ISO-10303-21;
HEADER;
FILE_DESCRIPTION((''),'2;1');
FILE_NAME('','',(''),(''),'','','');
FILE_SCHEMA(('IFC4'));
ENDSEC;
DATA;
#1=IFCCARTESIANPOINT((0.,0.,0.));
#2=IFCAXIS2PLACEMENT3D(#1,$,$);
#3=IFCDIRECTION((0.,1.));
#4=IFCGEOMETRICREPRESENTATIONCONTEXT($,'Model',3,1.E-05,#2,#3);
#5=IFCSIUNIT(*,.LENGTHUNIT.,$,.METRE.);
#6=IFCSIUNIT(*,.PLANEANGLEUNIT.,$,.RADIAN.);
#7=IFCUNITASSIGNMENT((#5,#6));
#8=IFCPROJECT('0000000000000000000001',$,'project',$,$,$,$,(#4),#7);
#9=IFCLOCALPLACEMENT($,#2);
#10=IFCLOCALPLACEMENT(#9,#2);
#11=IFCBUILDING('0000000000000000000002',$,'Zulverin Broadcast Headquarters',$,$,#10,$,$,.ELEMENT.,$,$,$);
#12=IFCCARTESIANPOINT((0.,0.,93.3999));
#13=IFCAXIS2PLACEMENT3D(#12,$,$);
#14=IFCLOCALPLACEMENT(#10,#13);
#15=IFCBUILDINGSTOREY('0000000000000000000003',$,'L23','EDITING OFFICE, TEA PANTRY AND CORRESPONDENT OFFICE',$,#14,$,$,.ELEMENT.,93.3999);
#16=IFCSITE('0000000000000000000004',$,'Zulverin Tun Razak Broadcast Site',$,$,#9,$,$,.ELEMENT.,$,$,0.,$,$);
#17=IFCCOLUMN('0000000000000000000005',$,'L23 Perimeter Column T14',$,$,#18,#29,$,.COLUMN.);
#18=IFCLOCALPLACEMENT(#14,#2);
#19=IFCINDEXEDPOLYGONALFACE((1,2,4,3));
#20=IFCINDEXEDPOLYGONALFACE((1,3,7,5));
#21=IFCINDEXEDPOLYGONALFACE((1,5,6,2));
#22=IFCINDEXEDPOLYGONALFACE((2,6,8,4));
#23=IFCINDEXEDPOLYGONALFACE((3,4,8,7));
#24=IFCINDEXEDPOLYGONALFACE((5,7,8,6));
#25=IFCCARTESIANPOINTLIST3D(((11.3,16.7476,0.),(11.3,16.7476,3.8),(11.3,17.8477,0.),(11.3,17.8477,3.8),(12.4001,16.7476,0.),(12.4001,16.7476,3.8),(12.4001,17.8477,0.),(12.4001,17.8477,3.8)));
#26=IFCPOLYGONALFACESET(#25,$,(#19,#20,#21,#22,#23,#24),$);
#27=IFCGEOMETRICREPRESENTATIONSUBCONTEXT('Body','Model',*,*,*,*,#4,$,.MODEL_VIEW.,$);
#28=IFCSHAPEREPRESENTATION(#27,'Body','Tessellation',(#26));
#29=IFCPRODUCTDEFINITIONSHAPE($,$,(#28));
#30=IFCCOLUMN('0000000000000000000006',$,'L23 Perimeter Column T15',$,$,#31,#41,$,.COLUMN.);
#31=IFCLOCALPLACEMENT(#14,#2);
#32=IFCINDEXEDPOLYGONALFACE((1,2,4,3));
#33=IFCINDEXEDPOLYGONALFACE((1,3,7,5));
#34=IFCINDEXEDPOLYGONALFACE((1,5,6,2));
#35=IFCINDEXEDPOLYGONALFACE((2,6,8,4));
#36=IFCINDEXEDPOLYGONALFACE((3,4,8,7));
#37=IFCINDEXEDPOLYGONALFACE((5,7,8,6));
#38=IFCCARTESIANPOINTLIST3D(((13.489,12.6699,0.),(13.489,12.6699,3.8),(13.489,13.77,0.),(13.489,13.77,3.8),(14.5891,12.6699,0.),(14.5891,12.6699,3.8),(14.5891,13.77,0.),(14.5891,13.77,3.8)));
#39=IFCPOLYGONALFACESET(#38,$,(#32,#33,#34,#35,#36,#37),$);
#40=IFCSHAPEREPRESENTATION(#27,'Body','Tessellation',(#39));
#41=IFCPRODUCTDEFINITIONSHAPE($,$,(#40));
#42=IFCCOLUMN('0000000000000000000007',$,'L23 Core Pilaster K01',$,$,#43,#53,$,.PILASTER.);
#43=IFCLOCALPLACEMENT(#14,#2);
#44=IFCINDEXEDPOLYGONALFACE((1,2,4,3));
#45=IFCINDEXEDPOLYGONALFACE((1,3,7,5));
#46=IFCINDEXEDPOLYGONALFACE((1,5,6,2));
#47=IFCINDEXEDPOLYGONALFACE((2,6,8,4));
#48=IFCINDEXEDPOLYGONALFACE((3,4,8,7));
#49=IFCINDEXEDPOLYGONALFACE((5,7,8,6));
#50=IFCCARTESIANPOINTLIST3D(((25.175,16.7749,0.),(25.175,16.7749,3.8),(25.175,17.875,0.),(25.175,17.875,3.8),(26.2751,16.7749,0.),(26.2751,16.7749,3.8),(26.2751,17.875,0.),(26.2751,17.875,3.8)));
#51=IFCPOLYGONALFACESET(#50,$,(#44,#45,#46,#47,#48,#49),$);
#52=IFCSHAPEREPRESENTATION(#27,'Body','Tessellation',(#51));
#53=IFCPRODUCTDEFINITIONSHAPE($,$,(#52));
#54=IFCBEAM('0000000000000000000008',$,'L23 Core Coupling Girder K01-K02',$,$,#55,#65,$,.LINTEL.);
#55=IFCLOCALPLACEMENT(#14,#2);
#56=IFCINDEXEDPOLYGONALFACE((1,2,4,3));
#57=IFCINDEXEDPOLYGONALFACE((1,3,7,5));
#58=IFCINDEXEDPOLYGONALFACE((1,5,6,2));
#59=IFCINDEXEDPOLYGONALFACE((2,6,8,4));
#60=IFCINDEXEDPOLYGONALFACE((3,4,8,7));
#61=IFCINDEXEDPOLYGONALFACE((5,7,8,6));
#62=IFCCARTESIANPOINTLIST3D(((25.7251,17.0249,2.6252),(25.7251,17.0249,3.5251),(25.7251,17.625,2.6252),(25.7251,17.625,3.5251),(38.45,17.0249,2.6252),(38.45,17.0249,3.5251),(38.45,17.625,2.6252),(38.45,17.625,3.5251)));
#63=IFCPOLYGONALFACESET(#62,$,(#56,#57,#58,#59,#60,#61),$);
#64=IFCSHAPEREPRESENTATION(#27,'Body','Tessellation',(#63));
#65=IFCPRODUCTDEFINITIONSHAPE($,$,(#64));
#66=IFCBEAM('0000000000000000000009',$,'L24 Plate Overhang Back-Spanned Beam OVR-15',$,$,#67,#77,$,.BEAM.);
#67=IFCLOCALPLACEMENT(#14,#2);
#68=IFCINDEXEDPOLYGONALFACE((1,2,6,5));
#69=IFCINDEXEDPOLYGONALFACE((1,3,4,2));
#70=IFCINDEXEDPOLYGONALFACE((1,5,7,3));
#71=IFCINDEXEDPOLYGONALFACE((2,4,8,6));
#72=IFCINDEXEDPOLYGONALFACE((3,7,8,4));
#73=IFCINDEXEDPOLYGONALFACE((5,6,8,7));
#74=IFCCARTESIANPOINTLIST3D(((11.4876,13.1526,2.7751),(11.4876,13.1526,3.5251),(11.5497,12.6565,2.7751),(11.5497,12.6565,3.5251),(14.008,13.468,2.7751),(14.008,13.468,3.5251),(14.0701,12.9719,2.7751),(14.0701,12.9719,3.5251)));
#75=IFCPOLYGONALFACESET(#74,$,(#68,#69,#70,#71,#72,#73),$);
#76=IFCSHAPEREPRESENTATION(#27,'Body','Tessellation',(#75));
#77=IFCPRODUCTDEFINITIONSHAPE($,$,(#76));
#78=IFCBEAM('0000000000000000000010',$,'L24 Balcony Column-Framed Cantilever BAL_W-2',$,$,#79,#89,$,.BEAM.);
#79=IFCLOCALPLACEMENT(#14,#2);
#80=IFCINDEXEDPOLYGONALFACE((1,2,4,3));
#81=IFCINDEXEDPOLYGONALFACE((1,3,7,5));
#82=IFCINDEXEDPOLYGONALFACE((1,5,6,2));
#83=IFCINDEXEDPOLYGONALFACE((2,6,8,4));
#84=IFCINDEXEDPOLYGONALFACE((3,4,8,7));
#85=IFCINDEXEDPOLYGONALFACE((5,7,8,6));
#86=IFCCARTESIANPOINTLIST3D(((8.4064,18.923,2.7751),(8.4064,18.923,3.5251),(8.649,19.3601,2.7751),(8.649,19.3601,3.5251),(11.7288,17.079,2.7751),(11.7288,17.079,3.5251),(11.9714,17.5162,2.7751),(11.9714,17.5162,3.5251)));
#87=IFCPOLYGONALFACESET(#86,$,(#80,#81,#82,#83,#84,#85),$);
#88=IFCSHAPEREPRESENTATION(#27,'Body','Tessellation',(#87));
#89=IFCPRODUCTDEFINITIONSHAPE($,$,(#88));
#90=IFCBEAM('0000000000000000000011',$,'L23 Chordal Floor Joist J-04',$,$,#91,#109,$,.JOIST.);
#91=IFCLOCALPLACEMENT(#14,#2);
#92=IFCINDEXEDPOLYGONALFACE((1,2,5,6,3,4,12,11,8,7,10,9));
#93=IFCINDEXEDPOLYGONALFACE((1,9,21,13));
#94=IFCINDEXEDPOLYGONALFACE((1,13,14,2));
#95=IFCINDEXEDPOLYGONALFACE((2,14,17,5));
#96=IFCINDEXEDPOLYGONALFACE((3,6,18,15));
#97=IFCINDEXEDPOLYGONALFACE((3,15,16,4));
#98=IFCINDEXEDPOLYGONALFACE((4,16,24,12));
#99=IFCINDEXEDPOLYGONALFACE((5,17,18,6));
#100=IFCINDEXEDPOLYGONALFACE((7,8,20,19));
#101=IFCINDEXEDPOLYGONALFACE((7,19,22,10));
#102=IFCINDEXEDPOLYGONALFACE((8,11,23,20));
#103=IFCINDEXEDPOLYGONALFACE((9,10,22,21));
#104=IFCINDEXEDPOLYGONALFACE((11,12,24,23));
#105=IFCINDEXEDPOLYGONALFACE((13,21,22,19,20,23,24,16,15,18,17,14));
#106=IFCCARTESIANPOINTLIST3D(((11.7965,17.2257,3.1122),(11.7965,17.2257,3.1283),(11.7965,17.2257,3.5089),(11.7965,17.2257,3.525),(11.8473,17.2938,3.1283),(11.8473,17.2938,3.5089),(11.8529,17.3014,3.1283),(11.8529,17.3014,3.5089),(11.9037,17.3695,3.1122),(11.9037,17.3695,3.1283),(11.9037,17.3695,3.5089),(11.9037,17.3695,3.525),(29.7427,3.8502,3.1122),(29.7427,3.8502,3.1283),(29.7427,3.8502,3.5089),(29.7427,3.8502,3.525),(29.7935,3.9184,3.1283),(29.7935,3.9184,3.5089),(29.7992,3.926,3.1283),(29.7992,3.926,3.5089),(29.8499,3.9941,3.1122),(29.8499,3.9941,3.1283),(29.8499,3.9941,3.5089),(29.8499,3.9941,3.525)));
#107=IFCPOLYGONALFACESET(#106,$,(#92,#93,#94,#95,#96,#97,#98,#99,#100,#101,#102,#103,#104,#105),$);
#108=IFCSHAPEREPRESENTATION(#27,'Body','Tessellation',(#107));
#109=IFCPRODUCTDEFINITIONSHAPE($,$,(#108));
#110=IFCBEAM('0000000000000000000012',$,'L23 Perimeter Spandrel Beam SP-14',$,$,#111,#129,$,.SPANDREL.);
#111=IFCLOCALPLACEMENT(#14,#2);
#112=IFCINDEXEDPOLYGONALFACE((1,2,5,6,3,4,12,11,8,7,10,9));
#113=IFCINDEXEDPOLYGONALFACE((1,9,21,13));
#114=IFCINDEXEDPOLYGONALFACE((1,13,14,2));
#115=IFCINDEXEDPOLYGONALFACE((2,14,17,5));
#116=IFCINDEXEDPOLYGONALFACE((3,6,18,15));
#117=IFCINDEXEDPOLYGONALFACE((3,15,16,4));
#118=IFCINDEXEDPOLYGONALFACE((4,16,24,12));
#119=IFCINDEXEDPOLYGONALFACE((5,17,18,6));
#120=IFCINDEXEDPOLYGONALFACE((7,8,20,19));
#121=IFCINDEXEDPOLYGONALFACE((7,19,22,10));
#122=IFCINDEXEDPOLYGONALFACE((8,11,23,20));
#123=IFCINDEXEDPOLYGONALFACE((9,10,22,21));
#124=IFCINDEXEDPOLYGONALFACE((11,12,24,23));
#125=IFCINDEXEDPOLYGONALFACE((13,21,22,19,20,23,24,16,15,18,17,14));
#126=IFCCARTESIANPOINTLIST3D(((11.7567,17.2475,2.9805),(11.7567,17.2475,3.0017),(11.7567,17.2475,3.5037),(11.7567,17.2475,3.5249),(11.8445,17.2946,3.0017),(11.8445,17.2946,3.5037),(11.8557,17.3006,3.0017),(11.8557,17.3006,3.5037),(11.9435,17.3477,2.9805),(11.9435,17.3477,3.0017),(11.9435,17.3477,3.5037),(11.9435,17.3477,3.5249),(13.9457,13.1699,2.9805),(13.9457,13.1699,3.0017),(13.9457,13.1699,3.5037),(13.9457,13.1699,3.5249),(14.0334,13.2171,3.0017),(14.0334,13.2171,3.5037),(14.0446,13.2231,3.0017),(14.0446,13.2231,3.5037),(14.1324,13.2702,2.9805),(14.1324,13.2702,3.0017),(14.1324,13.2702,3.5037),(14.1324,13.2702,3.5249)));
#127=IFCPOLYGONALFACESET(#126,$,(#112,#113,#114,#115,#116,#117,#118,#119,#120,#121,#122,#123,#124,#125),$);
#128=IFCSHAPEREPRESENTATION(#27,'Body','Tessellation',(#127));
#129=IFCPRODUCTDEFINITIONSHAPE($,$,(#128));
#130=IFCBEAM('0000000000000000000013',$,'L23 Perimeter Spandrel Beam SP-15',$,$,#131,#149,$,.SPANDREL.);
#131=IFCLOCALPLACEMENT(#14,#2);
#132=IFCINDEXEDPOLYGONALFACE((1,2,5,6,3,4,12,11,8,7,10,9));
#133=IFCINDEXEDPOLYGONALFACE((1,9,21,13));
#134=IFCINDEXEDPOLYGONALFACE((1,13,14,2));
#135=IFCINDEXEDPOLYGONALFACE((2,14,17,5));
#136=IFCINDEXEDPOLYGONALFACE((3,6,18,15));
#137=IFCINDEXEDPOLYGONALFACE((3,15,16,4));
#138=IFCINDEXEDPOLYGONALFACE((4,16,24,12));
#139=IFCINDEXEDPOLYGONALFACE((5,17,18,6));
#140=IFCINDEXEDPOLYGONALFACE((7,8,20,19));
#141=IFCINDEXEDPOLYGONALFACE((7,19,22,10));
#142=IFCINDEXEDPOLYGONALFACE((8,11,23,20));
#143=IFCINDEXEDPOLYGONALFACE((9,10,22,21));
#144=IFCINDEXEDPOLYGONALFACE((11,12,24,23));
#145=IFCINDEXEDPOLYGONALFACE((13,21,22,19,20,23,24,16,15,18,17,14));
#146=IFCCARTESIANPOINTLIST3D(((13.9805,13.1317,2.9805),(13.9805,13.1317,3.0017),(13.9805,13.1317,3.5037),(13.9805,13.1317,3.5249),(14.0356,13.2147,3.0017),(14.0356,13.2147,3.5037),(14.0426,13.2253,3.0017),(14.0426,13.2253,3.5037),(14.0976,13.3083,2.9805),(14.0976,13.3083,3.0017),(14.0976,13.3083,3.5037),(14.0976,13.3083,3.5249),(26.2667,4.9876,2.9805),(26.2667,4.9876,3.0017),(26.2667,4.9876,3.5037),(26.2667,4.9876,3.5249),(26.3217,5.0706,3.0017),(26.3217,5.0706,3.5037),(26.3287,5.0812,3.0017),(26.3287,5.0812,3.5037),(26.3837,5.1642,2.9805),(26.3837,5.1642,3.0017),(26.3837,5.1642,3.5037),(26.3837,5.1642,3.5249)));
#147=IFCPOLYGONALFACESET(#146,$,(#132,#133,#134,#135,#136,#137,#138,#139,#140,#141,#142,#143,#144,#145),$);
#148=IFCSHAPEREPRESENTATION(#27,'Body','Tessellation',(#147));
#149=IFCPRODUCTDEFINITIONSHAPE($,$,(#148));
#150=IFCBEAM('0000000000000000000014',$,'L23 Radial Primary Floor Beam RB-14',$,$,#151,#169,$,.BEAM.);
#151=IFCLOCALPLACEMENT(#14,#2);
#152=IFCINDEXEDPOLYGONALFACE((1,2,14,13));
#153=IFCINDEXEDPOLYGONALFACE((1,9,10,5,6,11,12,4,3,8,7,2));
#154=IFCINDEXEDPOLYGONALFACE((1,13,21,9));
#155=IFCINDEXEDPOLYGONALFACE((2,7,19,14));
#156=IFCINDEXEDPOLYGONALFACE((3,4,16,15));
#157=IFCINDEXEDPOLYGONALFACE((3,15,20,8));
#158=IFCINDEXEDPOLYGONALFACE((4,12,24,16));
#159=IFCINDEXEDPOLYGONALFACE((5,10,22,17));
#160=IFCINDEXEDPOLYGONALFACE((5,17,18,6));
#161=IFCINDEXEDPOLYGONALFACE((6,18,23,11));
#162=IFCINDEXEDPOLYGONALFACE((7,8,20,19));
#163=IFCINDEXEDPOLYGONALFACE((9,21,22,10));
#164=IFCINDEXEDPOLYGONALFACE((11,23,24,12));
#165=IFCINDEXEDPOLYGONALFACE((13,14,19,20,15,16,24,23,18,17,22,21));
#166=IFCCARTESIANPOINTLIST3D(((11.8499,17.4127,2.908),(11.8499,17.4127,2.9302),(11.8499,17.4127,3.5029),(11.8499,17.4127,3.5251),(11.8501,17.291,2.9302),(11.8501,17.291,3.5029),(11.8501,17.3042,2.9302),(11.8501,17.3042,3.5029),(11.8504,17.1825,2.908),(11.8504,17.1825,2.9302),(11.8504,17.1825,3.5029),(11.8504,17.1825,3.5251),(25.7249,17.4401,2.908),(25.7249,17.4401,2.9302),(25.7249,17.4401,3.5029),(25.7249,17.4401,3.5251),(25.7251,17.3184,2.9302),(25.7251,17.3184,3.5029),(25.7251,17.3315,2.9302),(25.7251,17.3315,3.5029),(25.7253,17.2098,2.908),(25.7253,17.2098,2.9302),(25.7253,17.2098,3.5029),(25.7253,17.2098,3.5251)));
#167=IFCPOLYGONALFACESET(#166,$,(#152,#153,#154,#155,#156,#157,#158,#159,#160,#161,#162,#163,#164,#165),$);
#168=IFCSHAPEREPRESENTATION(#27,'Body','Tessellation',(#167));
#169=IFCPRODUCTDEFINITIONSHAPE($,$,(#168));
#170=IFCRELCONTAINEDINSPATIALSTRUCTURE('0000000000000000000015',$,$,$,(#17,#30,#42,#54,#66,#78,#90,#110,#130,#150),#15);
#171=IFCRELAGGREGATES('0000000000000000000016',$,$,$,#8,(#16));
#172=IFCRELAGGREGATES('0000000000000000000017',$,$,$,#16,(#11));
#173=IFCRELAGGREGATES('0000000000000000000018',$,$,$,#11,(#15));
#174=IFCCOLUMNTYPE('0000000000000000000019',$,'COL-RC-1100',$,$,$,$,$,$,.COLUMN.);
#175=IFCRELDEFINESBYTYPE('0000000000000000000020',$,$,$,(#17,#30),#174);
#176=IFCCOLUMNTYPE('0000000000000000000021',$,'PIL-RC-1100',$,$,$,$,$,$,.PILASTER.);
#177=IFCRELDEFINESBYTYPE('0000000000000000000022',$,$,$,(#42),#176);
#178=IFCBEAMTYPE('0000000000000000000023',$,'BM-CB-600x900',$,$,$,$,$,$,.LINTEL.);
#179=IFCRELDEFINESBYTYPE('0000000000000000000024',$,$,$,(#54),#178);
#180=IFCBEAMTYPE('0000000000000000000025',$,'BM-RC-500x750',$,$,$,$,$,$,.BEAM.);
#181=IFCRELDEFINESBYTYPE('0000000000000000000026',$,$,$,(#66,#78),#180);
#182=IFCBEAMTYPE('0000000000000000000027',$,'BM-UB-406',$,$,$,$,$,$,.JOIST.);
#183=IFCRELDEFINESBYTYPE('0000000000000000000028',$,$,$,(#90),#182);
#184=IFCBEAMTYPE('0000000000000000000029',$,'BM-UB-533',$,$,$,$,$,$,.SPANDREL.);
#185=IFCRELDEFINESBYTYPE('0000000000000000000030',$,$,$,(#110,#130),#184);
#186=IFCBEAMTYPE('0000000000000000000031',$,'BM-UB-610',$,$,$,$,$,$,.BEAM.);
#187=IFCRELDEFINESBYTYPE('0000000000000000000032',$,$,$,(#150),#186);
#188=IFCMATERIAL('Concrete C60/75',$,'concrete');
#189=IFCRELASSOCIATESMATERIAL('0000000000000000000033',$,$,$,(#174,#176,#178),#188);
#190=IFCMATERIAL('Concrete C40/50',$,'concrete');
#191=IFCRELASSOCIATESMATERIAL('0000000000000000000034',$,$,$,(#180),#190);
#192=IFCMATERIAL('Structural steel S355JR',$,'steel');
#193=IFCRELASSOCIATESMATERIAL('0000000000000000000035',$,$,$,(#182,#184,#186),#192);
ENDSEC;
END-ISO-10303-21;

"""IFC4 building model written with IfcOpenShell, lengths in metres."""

from ifc_helpers import new_model, si_unit, direction, frame, origin, origin_2d, place, context, subcontext, project, spatial, rectangle, i_section, extrude, material, material_profile, profile_set, type_object, element, save


model = new_model("IFC4")

# Units and contexts
model_context = context("Model", 3, precision=1e-05, world=origin(), true_north=direction((0.0, 1.0)))
body_context = subcontext(model_context, "Body", "Model", "MODEL_VIEW")
ifc_project = project(units=[si_unit("LENGTHUNIT", "METRE"), si_unit("PLANEANGLEUNIT", "RADIAN")], contexts=[model_context])

# Site, building, storey
site_placement = place(None, origin())
site = spatial("IfcSite", under=ifc_project, at=site_placement, Name="Zulverin Tun Razak Broadcast Site", CompositionType="ELEMENT", RefElevation=0.0)
building_placement = place(site_placement, origin())
building = spatial("IfcBuilding", under=site, at=building_placement, Name="Zulverin Broadcast Headquarters", CompositionType="ELEMENT")
storey_placement = place(building_placement, frame((0.0, 0.0, 93.3999)))
storey = spatial("IfcBuildingStorey", under=building, at=storey_placement, Name="L23", Description="EDITING OFFICE, TEA PANTRY AND CORRESPONDENT OFFICE", CompositionType="ELEMENT", Elevation=93.3999)

# Columns
ifc_material_1 = material(Name="Concrete C60/75", Category="concrete")
ifc_material_profile_1 = material_profile(ifc_material_1, rectangle(XDim=1.1001, YDim=1.1001, at=origin_2d()), Name="Concrete C60/75", Category="concrete")
ifc_profile_set_1 = profile_set([ifc_material_profile_1], Name="Concrete C60/75")
column_type_1 = type_object("IfcColumnType", Name="COL-RC-1100", PredefinedType="COLUMN", material=ifc_profile_set_1)
for number, where, z_axis, x_axis, name in (
    (1, (11.8501, 17.2976, 0.0), (0.0, 0.0, 1.0), (1.0, 0.0, 0.0), "L23 Perimeter Column T14"),
    (2, (14.0391, 13.22, 0.0), (0.0, 0.0, 1.0), (1.0, 0.0, 0.0), "L23 Perimeter Column T15"),
):
    element("IfcColumn", number, at=place(storey_placement, frame(where, z_axis=z_axis, x_axis=x_axis)), inside=storey, type_object=column_type_1, Name=name, PredefinedType="COLUMN", context=body_context, shape_type="SweptSolid", body=[
        extrude(rectangle(XDim=1.1001, YDim=1.1001, at=origin_2d()), origin(), (0.0, 0.0, 1.0), 3.8),
    ])
ifc_material_profile_2 = material_profile(ifc_material_1, rectangle(XDim=1.1001, YDim=1.1001, at=origin_2d()), Name="Concrete C60/75", Category="concrete")
ifc_profile_set_2 = profile_set([ifc_material_profile_2], Name="Concrete C60/75")
column_type_2 = type_object("IfcColumnType", Name="PIL-RC-1100", PredefinedType="PILASTER", material=ifc_profile_set_2)
column_placement = place(storey_placement, frame((25.7251, 17.325, 0.0), z_axis=(0.0, 0.0, 1.0), x_axis=(1.0, 0.0, 0.0)))
element("IfcColumn", 3, at=column_placement, inside=storey, type_object=column_type_2, Name="L23 Core Pilaster K01", PredefinedType="PILASTER", context=body_context, shape_type="SweptSolid", body=[
    extrude(rectangle(XDim=1.1001, YDim=1.1001, at=origin_2d()), origin(), (0.0, 0.0, 1.0), 3.8),
])

# Beams
ifc_material_profile_3 = material_profile(ifc_material_1, rectangle(XDim=0.6001, YDim=0.8999, at=origin_2d()), Name="Concrete C60/75", Category="concrete")
ifc_profile_set_3 = profile_set([ifc_material_profile_3], Name="Concrete C60/75")
beam_type_1 = type_object("IfcBeamType", Name="BM-CB-600x900", PredefinedType="LINTEL", material=ifc_profile_set_3)
beam_1_placement = place(storey_placement, frame((25.7251, 17.325, 3.0752), z_axis=(1.0, 0.0, 0.0), x_axis=(0.0, 1.0, 0.0)))
element("IfcBeam", 4, at=beam_1_placement, inside=storey, type_object=beam_type_1, Name="L23 Core Coupling Girder K01-K02", PredefinedType="LINTEL", context=body_context, shape_type="SweptSolid", body=[
    extrude(rectangle(XDim=0.6001, YDim=0.8999, at=origin_2d()), origin(), (0.0, 0.0, 1.0), 12.7249),
])
ifc_material_2 = material(Name="Concrete C40/50", Category="concrete")
ifc_material_profile_4 = material_profile(ifc_material_2, rectangle(XDim=0.5, YDim=0.75, at=origin_2d()), Name="Concrete C40/50", Category="concrete")
ifc_profile_set_4 = profile_set([ifc_material_profile_4], Name="Concrete C40/50")
beam_type_2 = type_object("IfcBeamType", Name="BM-RC-500x750", PredefinedType="BEAM", material=ifc_profile_set_4)
beam_2_placement = place(storey_placement, frame((14.0391, 13.22, 3.1501), z_axis=(-0.992259, -0.124189, 0.0), x_axis=(0.124189, -0.992259, 0.0)))
element("IfcBeam", 5, at=beam_2_placement, inside=storey, type_object=beam_type_2, Name="L24 Plate Overhang Back-Spanned Beam OVR-15", PredefinedType="BEAM", context=body_context, shape_type="SweptSolid", body=[
    extrude(rectangle(XDim=0.5, YDim=0.75, at=origin_2d()), origin(), (0.0, 0.0, 1.0), 2.54),
])
beam_3_placement = place(storey_placement, frame((11.8501, 17.2976, 3.1501), z_axis=(-0.874363, 0.485272, 0.0), x_axis=(-0.485272, -0.874363, 0.0)))
element("IfcBeam", 6, at=beam_3_placement, inside=storey, type_object=beam_type_2, Name="L24 Balcony Column-Framed Cantilever BAL_W-2", PredefinedType="BEAM", context=body_context, shape_type="SweptSolid", body=[
    extrude(rectangle(XDim=0.5, YDim=0.75, at=origin_2d()), origin(), (0.0, 0.0, 1.0), 3.7998),
])
ifc_material_3 = material(Name="Structural steel S355JR", Category="steel")
ifc_material_profile_5 = material_profile(ifc_material_3, i_section(OverallWidth=0.1794, OverallDepth=0.4128, WebThickness=0.0095, FlangeThickness=0.0161, at=origin_2d()), Name="Structural steel S355JR", Category="steel")
ifc_profile_set_5 = profile_set([ifc_material_profile_5], Name="Structural steel S355JR")
beam_type_3 = type_object("IfcBeamType", Name="BM-UB-406", PredefinedType="JOIST", material=ifc_profile_set_5)
beam_4_placement = place(storey_placement, frame((11.8501, 17.2976, 3.3186), z_axis=(0.801803, -0.597589, 0.0), x_axis=(0.597589, 0.801803, 0.0)))
element("IfcBeam", 7, at=beam_4_placement, inside=storey, type_object=beam_type_3, Name="L23 Chordal Floor Joist J-04", PredefinedType="JOIST", context=body_context, shape_type="SweptSolid", body=[
    extrude(i_section(OverallWidth=0.1794, OverallDepth=0.4128, WebThickness=0.0095, FlangeThickness=0.0161, at=origin_2d()), origin(), (0.0, 0.0, 1.0), 22.3823),
])
ifc_material_profile_6 = material_profile(ifc_material_3, i_section(OverallWidth=0.2119, OverallDepth=0.5444, WebThickness=0.0127, FlangeThickness=0.0212, at=origin_2d()), Name="Structural steel S355JR", Category="steel")
ifc_profile_set_6 = profile_set([ifc_material_profile_6], Name="Structural steel S355JR")
beam_type_4 = type_object("IfcBeamType", Name="BM-UB-533", PredefinedType="SPANDREL", material=ifc_profile_set_6)
beam_5_placement = place(storey_placement, frame((11.8501, 17.2976, 3.2527), z_axis=(0.47298, -0.881073, 0.0), x_axis=(0.881073, 0.47298, 0.0)))
element("IfcBeam", 8, at=beam_5_placement, inside=storey, type_object=beam_type_4, Name="L23 Perimeter Spandrel Beam SP-14", PredefinedType="SPANDREL", context=body_context, shape_type="SweptSolid", body=[
    extrude(i_section(OverallWidth=0.2119, OverallDepth=0.5444, WebThickness=0.0127, FlangeThickness=0.0212, at=origin_2d()), origin(), (0.0, 0.0, 1.0), 4.6279),
])
beam_6_placement = place(storey_placement, frame((14.0391, 13.22, 3.2527), z_axis=(0.83351, -0.552504, 0.0), x_axis=(0.552504, 0.83351, 0.0)))
element("IfcBeam", 9, at=beam_6_placement, inside=storey, type_object=beam_type_4, Name="L23 Perimeter Spandrel Beam SP-15", PredefinedType="SPANDREL", context=body_context, shape_type="SweptSolid", body=[
    extrude(i_section(OverallWidth=0.2119, OverallDepth=0.5444, WebThickness=0.0127, FlangeThickness=0.0212, at=origin_2d()), origin(), (0.0, 0.0, 1.0), 14.7402),
])
ifc_material_profile_7 = material_profile(ifc_material_3, i_section(OverallWidth=0.2302, OverallDepth=0.6172, WebThickness=0.0132, FlangeThickness=0.0222, at=origin_2d()), Name="Structural steel S355JR", Category="steel")
ifc_profile_set_7 = profile_set([ifc_material_profile_7], Name="Structural steel S355JR")
beam_type_5 = type_object("IfcBeamType", Name="BM-UB-610", PredefinedType="BEAM", material=ifc_profile_set_7)
beam_7_placement = place(storey_placement, frame((25.7251, 17.325, 3.2166), z_axis=(-0.999998, -0.001971, 0.0), x_axis=(0.001971, -0.999998, 0.0)))
element("IfcBeam", 10, at=beam_7_placement, inside=storey, type_object=beam_type_5, Name="L23 Radial Primary Floor Beam RB-14", PredefinedType="BEAM", context=body_context, shape_type="SweptSolid", body=[
    extrude(i_section(OverallWidth=0.2302, OverallDepth=0.6172, WebThickness=0.0132, FlangeThickness=0.0222, at=origin_2d()), origin(), (0.0, 0.0, 1.0), 13.875),
])

save(model, "model.ifc")
